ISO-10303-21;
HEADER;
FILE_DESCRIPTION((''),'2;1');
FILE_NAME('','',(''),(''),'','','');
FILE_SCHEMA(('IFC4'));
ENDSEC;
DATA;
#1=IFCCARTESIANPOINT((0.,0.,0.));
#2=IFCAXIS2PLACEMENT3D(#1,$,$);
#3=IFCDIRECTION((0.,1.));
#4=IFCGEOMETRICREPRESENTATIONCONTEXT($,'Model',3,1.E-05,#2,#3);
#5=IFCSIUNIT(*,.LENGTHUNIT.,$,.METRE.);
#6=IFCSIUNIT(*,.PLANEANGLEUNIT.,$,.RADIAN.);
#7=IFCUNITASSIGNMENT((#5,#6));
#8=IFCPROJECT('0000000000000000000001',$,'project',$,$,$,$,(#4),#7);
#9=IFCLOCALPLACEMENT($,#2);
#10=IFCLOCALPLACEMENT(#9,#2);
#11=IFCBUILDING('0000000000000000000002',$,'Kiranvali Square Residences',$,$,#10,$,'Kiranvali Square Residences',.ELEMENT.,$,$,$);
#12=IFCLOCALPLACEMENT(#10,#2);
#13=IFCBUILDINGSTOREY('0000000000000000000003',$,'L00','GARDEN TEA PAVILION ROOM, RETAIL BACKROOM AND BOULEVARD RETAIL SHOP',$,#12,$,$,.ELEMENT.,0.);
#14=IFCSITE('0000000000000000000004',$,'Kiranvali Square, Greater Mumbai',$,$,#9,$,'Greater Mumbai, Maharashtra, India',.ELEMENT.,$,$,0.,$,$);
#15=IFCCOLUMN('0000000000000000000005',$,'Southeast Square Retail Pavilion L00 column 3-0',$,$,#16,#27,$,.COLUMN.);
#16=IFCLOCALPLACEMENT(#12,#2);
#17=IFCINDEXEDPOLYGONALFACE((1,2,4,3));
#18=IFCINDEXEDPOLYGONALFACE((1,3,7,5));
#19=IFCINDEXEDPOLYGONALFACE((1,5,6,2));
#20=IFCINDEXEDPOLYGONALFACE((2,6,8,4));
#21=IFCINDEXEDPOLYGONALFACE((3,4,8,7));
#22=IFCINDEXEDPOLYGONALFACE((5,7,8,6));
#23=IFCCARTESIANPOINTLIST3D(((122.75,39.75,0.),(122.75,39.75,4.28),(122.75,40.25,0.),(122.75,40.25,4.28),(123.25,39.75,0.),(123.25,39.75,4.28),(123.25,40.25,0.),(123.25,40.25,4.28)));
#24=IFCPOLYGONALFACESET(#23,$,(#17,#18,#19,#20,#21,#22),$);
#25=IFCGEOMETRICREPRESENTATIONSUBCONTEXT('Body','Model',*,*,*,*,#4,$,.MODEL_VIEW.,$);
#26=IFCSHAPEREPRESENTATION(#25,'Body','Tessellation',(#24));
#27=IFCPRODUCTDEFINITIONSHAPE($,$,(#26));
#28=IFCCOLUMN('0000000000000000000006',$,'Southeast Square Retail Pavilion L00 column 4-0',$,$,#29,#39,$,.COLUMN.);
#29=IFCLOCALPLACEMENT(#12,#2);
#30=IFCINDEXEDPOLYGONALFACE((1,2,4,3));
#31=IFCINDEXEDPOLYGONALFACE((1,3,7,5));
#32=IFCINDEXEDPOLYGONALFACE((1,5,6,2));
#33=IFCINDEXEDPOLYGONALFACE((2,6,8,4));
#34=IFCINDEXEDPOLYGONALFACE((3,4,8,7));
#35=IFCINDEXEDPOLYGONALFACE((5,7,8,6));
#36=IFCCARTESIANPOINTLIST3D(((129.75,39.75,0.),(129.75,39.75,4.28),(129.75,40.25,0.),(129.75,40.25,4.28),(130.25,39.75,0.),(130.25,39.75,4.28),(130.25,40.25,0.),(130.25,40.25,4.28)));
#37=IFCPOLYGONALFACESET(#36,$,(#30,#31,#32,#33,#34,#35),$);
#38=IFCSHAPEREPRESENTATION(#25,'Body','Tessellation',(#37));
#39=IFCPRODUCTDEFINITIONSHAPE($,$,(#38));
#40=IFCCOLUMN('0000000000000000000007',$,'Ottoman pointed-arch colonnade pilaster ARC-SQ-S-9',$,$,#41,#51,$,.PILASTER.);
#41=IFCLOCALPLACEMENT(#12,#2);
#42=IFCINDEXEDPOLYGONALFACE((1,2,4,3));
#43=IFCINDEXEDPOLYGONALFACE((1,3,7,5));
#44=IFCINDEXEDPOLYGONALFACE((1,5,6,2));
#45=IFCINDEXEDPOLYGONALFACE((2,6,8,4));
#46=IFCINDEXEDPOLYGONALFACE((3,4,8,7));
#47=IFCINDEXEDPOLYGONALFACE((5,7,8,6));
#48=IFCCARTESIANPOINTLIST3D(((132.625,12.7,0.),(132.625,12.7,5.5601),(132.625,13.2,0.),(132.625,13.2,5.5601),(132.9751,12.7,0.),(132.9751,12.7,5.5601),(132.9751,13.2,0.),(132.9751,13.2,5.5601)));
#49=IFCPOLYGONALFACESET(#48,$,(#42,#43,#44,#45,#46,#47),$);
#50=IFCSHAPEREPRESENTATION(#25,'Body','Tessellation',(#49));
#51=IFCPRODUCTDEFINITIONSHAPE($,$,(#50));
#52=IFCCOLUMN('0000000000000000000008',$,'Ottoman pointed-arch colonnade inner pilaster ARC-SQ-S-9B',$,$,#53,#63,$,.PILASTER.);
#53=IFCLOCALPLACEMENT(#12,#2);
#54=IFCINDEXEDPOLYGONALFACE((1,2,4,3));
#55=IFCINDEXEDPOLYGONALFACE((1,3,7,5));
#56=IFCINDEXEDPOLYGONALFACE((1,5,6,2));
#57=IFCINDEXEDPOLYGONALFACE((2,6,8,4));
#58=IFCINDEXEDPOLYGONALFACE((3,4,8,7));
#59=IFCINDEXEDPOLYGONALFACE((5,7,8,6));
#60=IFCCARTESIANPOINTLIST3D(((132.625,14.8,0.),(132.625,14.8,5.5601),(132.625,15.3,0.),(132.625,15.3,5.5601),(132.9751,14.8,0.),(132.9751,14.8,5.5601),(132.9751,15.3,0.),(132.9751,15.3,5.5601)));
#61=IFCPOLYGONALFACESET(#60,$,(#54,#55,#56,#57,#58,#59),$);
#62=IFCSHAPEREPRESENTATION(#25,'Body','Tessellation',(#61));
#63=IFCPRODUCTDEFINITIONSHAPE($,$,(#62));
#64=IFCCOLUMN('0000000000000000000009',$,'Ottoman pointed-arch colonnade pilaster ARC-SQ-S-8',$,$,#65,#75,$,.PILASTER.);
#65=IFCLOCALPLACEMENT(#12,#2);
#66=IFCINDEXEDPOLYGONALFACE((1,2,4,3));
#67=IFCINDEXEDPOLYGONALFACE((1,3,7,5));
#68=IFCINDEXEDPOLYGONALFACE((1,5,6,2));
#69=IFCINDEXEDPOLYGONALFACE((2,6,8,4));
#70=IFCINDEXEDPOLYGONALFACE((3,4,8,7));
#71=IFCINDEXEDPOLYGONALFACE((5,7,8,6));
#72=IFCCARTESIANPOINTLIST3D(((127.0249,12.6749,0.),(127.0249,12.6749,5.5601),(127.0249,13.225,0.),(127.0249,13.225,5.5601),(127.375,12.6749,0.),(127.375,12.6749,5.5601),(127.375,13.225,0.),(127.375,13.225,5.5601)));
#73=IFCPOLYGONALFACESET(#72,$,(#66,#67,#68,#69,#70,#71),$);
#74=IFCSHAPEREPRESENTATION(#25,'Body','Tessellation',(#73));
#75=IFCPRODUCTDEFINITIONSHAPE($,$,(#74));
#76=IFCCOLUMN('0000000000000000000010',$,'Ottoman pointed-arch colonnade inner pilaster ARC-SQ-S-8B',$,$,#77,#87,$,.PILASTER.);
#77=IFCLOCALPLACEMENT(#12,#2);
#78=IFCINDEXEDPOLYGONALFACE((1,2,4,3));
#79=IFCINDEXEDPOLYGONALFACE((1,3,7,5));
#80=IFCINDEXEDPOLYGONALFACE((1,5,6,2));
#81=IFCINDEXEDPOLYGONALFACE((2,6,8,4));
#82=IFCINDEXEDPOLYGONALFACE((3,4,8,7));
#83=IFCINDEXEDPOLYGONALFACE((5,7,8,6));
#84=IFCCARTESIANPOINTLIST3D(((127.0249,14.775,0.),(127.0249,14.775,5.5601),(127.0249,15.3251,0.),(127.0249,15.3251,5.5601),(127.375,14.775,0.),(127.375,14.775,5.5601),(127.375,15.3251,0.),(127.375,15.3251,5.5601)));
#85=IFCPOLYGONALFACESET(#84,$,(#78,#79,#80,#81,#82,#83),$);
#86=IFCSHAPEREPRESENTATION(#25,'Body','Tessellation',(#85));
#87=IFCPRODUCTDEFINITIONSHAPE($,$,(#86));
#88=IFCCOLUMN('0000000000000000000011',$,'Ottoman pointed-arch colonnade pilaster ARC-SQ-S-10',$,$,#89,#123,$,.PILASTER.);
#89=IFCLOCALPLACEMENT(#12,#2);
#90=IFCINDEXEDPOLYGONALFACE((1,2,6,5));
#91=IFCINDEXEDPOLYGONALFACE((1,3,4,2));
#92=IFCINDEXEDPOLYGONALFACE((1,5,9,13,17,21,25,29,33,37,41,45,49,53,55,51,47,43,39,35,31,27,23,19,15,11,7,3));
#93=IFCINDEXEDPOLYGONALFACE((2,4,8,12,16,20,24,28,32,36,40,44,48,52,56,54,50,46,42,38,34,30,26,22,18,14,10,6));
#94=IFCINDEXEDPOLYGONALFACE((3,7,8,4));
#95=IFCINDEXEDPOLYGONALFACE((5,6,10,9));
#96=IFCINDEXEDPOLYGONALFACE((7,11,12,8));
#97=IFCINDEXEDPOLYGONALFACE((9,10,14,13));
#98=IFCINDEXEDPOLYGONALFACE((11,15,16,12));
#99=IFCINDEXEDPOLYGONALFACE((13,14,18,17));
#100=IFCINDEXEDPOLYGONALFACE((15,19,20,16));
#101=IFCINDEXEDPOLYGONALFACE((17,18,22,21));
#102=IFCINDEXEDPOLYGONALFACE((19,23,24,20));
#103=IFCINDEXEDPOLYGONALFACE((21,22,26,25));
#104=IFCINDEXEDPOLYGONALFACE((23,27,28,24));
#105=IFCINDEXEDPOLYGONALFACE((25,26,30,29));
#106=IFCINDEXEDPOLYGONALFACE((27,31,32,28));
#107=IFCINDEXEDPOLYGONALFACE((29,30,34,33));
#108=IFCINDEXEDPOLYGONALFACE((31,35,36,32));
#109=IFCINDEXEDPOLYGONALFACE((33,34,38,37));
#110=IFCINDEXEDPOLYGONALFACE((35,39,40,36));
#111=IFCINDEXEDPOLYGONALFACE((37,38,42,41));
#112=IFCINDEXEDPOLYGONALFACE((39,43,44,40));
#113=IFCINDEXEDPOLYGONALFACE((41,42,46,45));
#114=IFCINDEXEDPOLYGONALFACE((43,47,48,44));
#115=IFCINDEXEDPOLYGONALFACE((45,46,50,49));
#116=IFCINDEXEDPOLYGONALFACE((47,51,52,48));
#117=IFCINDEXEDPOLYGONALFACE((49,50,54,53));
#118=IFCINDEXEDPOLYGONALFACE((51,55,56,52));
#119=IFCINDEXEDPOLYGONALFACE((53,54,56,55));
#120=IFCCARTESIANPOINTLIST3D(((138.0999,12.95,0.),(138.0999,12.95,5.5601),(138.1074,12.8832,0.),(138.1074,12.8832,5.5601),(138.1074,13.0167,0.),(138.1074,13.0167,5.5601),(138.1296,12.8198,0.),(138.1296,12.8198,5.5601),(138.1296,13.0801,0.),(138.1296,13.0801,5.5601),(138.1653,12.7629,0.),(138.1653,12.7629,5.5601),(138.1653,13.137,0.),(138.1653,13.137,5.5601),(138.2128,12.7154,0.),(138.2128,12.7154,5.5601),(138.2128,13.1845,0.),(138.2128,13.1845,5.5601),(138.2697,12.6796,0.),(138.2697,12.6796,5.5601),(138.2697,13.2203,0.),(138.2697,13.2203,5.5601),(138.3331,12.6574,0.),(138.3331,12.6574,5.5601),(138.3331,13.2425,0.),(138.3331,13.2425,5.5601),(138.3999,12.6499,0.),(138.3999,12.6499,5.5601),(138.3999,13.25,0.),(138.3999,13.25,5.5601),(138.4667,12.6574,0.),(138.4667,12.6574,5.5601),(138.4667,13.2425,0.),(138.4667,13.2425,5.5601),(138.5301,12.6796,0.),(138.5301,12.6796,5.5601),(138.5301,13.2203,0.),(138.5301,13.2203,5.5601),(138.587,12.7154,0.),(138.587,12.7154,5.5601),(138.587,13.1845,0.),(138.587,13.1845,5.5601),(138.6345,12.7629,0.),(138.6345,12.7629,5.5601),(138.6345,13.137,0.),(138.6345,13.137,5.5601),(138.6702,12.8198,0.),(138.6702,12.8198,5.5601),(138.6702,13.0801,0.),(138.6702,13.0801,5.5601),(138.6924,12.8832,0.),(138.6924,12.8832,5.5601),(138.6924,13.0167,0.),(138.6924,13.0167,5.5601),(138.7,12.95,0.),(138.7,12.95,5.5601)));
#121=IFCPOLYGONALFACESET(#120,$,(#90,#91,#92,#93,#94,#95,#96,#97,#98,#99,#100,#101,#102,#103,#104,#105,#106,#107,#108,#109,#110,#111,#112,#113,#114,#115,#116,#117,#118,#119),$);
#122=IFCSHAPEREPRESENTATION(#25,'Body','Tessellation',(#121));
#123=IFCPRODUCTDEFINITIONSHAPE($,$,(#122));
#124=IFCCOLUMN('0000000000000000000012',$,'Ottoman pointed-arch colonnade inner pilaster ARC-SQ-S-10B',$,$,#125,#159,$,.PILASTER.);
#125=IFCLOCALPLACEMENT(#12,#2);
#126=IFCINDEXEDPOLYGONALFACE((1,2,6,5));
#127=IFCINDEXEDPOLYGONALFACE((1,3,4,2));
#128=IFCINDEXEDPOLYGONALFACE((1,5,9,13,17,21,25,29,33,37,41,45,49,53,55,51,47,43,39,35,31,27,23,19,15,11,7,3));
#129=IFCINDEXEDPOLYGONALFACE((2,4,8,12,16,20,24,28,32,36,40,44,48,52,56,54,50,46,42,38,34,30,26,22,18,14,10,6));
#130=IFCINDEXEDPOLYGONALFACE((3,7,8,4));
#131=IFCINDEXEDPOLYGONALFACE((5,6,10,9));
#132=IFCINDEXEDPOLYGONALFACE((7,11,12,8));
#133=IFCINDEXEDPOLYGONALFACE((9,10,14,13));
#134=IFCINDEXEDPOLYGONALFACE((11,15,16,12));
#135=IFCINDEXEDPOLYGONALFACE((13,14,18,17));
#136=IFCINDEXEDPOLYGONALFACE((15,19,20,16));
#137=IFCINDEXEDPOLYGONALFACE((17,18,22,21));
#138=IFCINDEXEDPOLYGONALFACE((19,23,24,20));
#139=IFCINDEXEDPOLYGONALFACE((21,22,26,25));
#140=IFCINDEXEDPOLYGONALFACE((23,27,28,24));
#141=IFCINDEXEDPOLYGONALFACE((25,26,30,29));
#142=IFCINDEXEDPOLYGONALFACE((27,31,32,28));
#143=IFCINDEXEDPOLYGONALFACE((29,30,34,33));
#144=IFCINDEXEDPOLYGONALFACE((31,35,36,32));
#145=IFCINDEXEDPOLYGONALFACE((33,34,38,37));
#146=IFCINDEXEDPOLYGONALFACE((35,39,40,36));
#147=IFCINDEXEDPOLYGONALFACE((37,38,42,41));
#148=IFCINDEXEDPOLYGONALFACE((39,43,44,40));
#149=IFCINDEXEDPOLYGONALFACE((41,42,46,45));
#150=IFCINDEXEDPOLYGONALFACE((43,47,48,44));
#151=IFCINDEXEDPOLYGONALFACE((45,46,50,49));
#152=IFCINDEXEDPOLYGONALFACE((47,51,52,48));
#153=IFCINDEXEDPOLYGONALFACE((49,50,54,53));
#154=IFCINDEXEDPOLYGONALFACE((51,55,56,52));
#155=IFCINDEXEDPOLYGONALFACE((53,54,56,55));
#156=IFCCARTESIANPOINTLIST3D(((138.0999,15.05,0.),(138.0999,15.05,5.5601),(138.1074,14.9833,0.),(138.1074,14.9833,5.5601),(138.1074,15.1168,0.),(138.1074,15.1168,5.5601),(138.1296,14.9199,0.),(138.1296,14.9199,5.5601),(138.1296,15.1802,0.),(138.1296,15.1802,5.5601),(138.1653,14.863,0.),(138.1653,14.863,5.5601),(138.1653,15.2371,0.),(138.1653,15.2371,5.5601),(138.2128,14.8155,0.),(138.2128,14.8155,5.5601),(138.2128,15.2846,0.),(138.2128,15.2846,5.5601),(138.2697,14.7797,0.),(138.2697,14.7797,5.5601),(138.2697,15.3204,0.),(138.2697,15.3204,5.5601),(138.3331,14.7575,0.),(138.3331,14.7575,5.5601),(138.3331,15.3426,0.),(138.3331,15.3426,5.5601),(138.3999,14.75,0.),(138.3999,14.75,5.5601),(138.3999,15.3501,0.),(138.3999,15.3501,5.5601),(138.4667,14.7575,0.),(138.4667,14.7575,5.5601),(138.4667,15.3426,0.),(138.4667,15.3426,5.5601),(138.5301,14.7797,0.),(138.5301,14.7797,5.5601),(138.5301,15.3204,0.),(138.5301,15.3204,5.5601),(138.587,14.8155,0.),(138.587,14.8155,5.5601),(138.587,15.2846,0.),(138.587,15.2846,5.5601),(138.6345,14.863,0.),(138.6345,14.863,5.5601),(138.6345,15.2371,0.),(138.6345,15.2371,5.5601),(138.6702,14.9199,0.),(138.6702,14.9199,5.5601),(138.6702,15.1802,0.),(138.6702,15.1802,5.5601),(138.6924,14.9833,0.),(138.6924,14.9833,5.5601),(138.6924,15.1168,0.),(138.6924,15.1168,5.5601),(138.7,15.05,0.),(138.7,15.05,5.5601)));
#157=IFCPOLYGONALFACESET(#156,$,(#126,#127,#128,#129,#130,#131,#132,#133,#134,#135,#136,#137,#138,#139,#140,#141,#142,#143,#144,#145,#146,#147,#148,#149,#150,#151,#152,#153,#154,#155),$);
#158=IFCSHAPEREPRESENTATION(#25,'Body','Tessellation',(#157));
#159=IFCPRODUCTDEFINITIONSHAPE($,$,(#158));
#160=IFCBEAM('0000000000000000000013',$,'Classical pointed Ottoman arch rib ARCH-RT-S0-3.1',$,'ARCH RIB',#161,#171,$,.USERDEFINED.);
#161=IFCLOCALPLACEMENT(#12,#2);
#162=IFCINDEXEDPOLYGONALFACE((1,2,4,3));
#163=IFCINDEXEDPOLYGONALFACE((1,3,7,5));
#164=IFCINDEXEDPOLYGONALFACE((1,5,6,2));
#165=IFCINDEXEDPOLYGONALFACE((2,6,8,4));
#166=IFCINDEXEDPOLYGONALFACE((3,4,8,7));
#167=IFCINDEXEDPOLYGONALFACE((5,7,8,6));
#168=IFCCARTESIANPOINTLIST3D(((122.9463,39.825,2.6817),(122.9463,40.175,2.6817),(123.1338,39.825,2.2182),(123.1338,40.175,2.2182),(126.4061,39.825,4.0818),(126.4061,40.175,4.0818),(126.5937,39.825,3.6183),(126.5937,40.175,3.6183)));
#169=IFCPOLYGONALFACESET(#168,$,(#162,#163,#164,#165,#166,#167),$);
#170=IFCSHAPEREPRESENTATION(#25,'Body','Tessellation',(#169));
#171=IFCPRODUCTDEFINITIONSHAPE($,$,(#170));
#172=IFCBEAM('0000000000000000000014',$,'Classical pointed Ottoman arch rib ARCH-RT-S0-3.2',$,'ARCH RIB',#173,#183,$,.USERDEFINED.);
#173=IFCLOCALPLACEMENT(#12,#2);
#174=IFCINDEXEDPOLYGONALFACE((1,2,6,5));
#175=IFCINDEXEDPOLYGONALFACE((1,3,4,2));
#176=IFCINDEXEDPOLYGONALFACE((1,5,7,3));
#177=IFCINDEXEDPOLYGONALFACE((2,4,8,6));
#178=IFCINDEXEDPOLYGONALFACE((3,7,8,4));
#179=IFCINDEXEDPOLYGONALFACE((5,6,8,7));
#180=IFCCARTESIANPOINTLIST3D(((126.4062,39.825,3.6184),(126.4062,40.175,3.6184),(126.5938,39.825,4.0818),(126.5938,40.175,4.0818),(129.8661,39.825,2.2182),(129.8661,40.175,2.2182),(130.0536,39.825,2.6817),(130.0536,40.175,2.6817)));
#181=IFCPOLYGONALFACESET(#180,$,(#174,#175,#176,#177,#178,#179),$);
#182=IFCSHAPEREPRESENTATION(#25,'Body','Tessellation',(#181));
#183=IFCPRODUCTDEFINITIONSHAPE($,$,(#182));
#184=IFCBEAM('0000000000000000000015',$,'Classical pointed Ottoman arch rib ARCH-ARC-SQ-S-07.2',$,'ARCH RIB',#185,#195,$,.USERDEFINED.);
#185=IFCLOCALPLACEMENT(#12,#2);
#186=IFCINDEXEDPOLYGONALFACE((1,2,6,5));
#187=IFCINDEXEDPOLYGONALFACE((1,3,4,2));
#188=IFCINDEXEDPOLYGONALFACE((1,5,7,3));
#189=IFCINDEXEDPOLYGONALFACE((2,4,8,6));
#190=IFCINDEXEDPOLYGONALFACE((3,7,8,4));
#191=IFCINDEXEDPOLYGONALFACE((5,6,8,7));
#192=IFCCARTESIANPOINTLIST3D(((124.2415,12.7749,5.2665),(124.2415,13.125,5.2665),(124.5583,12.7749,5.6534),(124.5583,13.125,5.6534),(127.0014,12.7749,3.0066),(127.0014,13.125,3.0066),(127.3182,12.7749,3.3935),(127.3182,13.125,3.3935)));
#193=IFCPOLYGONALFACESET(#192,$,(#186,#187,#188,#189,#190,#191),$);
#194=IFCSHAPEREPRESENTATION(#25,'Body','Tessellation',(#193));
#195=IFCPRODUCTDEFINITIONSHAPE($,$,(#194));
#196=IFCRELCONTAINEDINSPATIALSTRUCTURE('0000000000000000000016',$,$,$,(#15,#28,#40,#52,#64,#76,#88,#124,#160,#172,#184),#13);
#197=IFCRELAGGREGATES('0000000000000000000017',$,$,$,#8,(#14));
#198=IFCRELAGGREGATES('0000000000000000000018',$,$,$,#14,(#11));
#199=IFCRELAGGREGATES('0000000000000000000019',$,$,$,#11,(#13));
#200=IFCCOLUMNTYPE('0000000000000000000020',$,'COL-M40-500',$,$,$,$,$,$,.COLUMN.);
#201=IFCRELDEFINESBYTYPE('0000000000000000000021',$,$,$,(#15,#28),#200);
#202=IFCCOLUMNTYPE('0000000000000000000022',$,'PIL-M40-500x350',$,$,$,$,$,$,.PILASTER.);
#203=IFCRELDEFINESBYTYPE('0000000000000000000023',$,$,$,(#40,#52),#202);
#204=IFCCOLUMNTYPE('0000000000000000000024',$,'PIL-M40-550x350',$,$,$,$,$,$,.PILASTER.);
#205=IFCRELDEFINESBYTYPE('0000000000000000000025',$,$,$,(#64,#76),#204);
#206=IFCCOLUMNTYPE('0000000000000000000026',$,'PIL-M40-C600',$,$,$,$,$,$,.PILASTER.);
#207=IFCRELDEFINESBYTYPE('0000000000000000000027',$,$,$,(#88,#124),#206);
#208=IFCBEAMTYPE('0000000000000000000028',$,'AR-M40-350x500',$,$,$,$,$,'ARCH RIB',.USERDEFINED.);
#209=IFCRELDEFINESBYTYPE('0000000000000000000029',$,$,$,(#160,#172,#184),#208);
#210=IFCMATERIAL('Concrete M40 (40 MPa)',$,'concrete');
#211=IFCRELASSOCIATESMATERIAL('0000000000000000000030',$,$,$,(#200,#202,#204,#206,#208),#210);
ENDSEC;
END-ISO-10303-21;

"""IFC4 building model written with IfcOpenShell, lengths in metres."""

from ifc_helpers import new_model, si_unit, direction, frame, origin, origin_2d, place, context, subcontext, project, spatial, rectangle, circle, extrude, material, material_profile, profile_set, type_object, element, save


model = new_model("IFC4")

# Units and contexts
model_context = context("Model", 3, precision=1e-05, world=origin(), true_north=direction((0.0, 1.0)))
body_context = subcontext(model_context, "Body", "Model", "MODEL_VIEW")
ifc_project = project(units=[si_unit("LENGTHUNIT", "METRE"), si_unit("PLANEANGLEUNIT", "RADIAN")], contexts=[model_context])

# Site, building, storey
site_placement = place(None, origin())
site = spatial("IfcSite", under=ifc_project, at=site_placement, Name="Kiranvali Square, Greater Mumbai", LongName="Greater Mumbai, Maharashtra, India", CompositionType="ELEMENT", RefElevation=0.0)
building_placement = place(site_placement, origin())
building = spatial("IfcBuilding", under=site, at=building_placement, Name="Kiranvali Square Residences", LongName="Kiranvali Square Residences", CompositionType="ELEMENT")
storey_placement = place(building_placement, origin())
storey = spatial("IfcBuildingStorey", under=building, at=storey_placement, Name="L00", Description="GARDEN TEA PAVILION ROOM, RETAIL BACKROOM AND BOULEVARD RETAIL SHOP", CompositionType="ELEMENT", Elevation=0.0)

# Columns
ifc_material_1 = material(Name="Concrete M40 (40 MPa)", Category="concrete")
ifc_material_profile_1 = material_profile(ifc_material_1, rectangle(XDim=0.5, YDim=0.5, at=origin_2d()), Name="RC 500x500")
ifc_profile_set_1 = profile_set([ifc_material_profile_1], Name="Concrete M40 (40 MPa)")
column_type_1 = type_object("IfcColumnType", Name="COL-M40-500", PredefinedType="COLUMN", material=ifc_profile_set_1)
for number, where, z_axis, x_axis, name in (
    (1, (123.0, 40.0, 0.0), (0.0, 0.0, 1.0), (1.0, 0.0, 0.0), "Southeast Square Retail Pavilion L00 column 3-0"),
    (2, (130.0, 40.0, 0.0), (0.0, 0.0, 1.0), (1.0, 0.0, 0.0), "Southeast Square Retail Pavilion L00 column 4-0"),
):
    element("IfcColumn", number, at=place(storey_placement, frame(where, z_axis=z_axis, x_axis=x_axis)), inside=storey, type_object=column_type_1, Name=name, PredefinedType="COLUMN", context=body_context, shape_type="SweptSolid", body=[
        extrude(rectangle(XDim=0.5, YDim=0.5, at=origin_2d()), origin(), (0.0, 0.0, 1.0), 4.28),
    ])
ifc_material_profile_2 = material_profile(ifc_material_1, rectangle(XDim=0.3501, YDim=0.5, at=origin_2d()), Name="RC 500x350")
ifc_profile_set_2 = profile_set([ifc_material_profile_2], Name="Concrete M40 (40 MPa)")
column_type_2 = type_object("IfcColumnType", Name="PIL-M40-500x350", PredefinedType="PILASTER", material=ifc_profile_set_2)
for number, where, z_axis, x_axis, name in (
    (3, (132.8, 12.95, 0.0), (0.0, 0.0, 1.0), (1.0, 0.0, 0.0), "Ottoman pointed-arch colonnade pilaster ARC-SQ-S-9"),
    (4, (132.8, 15.05, 0.0), (0.0, 0.0, 1.0), (1.0, 0.0, 0.0), "Ottoman pointed-arch colonnade inner pilaster ARC-SQ-S-9B"),
):
    element("IfcColumn", number, at=place(storey_placement, frame(where, z_axis=z_axis, x_axis=x_axis)), inside=storey, type_object=column_type_2, Name=name, PredefinedType="PILASTER", context=body_context, shape_type="SweptSolid", body=[
        extrude(rectangle(XDim=0.3501, YDim=0.5, at=origin_2d()), origin(), (0.0, 0.0, 1.0), 5.5601),
    ])
ifc_material_profile_3 = material_profile(ifc_material_1, rectangle(XDim=0.3501, YDim=0.55, at=origin_2d()), Name="RC 550x350")
ifc_profile_set_3 = profile_set([ifc_material_profile_3], Name="Concrete M40 (40 MPa)")
column_type_3 = type_object("IfcColumnType", Name="PIL-M40-550x350", PredefinedType="PILASTER", material=ifc_profile_set_3)
for number, where, z_axis, x_axis, name in (
    (5, (127.2, 12.95, 0.0), (0.0, 0.0, 1.0), (1.0, 0.0, 0.0), "Ottoman pointed-arch colonnade pilaster ARC-SQ-S-8"),
    (6, (127.2, 15.05, 0.0), (0.0, 0.0, 1.0), (1.0, 0.0, 0.0), "Ottoman pointed-arch colonnade inner pilaster ARC-SQ-S-8B"),
):
    element("IfcColumn", number, at=place(storey_placement, frame(where, z_axis=z_axis, x_axis=x_axis)), inside=storey, type_object=column_type_3, Name=name, PredefinedType="PILASTER", context=body_context, shape_type="SweptSolid", body=[
        extrude(rectangle(XDim=0.3501, YDim=0.55, at=origin_2d()), origin(), (0.0, 0.0, 1.0), 5.5601),
    ])
ifc_material_profile_4 = material_profile(ifc_material_1, circle(Radius=0.3, at=origin_2d()), Name="RC-CIRC 600")
ifc_profile_set_4 = profile_set([ifc_material_profile_4], Name="Concrete M40 (40 MPa)")
column_type_4 = type_object("IfcColumnType", Name="PIL-M40-C600", PredefinedType="PILASTER", material=ifc_profile_set_4)
for number, where, z_axis, x_axis, name in (
    (7, (138.3999, 12.95, 0.0), (0.0, 0.0, 1.0), (1.0, 0.0, 0.0), "Ottoman pointed-arch colonnade pilaster ARC-SQ-S-10"),
    (8, (138.3999, 15.05, 0.0), (0.0, 0.0, 1.0), (1.0, 0.0, 0.0), "Ottoman pointed-arch colonnade inner pilaster ARC-SQ-S-10B"),
):
    element("IfcColumn", number, at=place(storey_placement, frame(where, z_axis=z_axis, x_axis=x_axis)), inside=storey, type_object=column_type_4, Name=name, PredefinedType="PILASTER", context=body_context, shape_type="SweptSolid", body=[
        extrude(circle(Radius=0.3, at=origin_2d()), origin(), (0.0, 0.0, 1.0), 5.5601),
    ])

# Beams
ifc_material_profile_5 = material_profile(ifc_material_1, rectangle(XDim=0.3501, YDim=0.5, at=origin_2d()), Name="RC 350x500")
ifc_profile_set_5 = profile_set([ifc_material_profile_5], Name="Concrete M40 (40 MPa)")
beam_type_1 = type_object("IfcBeamType", Name="AR-M40-350x500", ElementType="ARCH RIB", PredefinedType="USERDEFINED", material=ifc_profile_set_5)
for number, where, z_axis, x_axis, name in (
    (9, (123.04, 40.0, 2.45), (0.926976, 0.0, 0.37512), (0.0, 1.0, 0.0), "Classical pointed Ottoman arch rib ARCH-RT-S0-3.1"),
    (10, (126.5, 40.0, 3.8501), (0.926976, 0.0, -0.37512), (0.0, 1.0, 0.0), "Classical pointed Ottoman arch rib ARCH-RT-S0-3.2"),
):
    element("IfcBeam", number, at=place(storey_placement, frame(where, z_axis=z_axis, x_axis=x_axis)), inside=storey, type_object=beam_type_1, Name=name, ObjectType="ARCH RIB", PredefinedType="USERDEFINED", context=body_context, shape_type="SweptSolid", body=[
        extrude(rectangle(XDim=0.3501, YDim=0.5, at=origin_2d()), origin(), (0.0, 0.0, 1.0), 3.7324),
    ])
for number, where, z_axis, x_axis, name in (
    (11, (124.3999, 12.95, 5.46), (0.773707, 0.0, -0.633543), (0.0, 1.0, 0.0), "Classical pointed Ottoman arch rib ARCH-ARC-SQ-S-07.2"),
):
    element("IfcBeam", number, at=place(storey_placement, frame(where, z_axis=z_axis, x_axis=x_axis)), inside=storey, type_object=beam_type_1, Name=name, ObjectType="ARCH RIB", PredefinedType="USERDEFINED", context=body_context, shape_type="SweptSolid", body=[
        extrude(rectangle(XDim=0.3501, YDim=0.5, at=origin_2d()), origin(), (0.0, 0.0, 1.0), 3.5671),
    ])

save(model, "model.ifc")
